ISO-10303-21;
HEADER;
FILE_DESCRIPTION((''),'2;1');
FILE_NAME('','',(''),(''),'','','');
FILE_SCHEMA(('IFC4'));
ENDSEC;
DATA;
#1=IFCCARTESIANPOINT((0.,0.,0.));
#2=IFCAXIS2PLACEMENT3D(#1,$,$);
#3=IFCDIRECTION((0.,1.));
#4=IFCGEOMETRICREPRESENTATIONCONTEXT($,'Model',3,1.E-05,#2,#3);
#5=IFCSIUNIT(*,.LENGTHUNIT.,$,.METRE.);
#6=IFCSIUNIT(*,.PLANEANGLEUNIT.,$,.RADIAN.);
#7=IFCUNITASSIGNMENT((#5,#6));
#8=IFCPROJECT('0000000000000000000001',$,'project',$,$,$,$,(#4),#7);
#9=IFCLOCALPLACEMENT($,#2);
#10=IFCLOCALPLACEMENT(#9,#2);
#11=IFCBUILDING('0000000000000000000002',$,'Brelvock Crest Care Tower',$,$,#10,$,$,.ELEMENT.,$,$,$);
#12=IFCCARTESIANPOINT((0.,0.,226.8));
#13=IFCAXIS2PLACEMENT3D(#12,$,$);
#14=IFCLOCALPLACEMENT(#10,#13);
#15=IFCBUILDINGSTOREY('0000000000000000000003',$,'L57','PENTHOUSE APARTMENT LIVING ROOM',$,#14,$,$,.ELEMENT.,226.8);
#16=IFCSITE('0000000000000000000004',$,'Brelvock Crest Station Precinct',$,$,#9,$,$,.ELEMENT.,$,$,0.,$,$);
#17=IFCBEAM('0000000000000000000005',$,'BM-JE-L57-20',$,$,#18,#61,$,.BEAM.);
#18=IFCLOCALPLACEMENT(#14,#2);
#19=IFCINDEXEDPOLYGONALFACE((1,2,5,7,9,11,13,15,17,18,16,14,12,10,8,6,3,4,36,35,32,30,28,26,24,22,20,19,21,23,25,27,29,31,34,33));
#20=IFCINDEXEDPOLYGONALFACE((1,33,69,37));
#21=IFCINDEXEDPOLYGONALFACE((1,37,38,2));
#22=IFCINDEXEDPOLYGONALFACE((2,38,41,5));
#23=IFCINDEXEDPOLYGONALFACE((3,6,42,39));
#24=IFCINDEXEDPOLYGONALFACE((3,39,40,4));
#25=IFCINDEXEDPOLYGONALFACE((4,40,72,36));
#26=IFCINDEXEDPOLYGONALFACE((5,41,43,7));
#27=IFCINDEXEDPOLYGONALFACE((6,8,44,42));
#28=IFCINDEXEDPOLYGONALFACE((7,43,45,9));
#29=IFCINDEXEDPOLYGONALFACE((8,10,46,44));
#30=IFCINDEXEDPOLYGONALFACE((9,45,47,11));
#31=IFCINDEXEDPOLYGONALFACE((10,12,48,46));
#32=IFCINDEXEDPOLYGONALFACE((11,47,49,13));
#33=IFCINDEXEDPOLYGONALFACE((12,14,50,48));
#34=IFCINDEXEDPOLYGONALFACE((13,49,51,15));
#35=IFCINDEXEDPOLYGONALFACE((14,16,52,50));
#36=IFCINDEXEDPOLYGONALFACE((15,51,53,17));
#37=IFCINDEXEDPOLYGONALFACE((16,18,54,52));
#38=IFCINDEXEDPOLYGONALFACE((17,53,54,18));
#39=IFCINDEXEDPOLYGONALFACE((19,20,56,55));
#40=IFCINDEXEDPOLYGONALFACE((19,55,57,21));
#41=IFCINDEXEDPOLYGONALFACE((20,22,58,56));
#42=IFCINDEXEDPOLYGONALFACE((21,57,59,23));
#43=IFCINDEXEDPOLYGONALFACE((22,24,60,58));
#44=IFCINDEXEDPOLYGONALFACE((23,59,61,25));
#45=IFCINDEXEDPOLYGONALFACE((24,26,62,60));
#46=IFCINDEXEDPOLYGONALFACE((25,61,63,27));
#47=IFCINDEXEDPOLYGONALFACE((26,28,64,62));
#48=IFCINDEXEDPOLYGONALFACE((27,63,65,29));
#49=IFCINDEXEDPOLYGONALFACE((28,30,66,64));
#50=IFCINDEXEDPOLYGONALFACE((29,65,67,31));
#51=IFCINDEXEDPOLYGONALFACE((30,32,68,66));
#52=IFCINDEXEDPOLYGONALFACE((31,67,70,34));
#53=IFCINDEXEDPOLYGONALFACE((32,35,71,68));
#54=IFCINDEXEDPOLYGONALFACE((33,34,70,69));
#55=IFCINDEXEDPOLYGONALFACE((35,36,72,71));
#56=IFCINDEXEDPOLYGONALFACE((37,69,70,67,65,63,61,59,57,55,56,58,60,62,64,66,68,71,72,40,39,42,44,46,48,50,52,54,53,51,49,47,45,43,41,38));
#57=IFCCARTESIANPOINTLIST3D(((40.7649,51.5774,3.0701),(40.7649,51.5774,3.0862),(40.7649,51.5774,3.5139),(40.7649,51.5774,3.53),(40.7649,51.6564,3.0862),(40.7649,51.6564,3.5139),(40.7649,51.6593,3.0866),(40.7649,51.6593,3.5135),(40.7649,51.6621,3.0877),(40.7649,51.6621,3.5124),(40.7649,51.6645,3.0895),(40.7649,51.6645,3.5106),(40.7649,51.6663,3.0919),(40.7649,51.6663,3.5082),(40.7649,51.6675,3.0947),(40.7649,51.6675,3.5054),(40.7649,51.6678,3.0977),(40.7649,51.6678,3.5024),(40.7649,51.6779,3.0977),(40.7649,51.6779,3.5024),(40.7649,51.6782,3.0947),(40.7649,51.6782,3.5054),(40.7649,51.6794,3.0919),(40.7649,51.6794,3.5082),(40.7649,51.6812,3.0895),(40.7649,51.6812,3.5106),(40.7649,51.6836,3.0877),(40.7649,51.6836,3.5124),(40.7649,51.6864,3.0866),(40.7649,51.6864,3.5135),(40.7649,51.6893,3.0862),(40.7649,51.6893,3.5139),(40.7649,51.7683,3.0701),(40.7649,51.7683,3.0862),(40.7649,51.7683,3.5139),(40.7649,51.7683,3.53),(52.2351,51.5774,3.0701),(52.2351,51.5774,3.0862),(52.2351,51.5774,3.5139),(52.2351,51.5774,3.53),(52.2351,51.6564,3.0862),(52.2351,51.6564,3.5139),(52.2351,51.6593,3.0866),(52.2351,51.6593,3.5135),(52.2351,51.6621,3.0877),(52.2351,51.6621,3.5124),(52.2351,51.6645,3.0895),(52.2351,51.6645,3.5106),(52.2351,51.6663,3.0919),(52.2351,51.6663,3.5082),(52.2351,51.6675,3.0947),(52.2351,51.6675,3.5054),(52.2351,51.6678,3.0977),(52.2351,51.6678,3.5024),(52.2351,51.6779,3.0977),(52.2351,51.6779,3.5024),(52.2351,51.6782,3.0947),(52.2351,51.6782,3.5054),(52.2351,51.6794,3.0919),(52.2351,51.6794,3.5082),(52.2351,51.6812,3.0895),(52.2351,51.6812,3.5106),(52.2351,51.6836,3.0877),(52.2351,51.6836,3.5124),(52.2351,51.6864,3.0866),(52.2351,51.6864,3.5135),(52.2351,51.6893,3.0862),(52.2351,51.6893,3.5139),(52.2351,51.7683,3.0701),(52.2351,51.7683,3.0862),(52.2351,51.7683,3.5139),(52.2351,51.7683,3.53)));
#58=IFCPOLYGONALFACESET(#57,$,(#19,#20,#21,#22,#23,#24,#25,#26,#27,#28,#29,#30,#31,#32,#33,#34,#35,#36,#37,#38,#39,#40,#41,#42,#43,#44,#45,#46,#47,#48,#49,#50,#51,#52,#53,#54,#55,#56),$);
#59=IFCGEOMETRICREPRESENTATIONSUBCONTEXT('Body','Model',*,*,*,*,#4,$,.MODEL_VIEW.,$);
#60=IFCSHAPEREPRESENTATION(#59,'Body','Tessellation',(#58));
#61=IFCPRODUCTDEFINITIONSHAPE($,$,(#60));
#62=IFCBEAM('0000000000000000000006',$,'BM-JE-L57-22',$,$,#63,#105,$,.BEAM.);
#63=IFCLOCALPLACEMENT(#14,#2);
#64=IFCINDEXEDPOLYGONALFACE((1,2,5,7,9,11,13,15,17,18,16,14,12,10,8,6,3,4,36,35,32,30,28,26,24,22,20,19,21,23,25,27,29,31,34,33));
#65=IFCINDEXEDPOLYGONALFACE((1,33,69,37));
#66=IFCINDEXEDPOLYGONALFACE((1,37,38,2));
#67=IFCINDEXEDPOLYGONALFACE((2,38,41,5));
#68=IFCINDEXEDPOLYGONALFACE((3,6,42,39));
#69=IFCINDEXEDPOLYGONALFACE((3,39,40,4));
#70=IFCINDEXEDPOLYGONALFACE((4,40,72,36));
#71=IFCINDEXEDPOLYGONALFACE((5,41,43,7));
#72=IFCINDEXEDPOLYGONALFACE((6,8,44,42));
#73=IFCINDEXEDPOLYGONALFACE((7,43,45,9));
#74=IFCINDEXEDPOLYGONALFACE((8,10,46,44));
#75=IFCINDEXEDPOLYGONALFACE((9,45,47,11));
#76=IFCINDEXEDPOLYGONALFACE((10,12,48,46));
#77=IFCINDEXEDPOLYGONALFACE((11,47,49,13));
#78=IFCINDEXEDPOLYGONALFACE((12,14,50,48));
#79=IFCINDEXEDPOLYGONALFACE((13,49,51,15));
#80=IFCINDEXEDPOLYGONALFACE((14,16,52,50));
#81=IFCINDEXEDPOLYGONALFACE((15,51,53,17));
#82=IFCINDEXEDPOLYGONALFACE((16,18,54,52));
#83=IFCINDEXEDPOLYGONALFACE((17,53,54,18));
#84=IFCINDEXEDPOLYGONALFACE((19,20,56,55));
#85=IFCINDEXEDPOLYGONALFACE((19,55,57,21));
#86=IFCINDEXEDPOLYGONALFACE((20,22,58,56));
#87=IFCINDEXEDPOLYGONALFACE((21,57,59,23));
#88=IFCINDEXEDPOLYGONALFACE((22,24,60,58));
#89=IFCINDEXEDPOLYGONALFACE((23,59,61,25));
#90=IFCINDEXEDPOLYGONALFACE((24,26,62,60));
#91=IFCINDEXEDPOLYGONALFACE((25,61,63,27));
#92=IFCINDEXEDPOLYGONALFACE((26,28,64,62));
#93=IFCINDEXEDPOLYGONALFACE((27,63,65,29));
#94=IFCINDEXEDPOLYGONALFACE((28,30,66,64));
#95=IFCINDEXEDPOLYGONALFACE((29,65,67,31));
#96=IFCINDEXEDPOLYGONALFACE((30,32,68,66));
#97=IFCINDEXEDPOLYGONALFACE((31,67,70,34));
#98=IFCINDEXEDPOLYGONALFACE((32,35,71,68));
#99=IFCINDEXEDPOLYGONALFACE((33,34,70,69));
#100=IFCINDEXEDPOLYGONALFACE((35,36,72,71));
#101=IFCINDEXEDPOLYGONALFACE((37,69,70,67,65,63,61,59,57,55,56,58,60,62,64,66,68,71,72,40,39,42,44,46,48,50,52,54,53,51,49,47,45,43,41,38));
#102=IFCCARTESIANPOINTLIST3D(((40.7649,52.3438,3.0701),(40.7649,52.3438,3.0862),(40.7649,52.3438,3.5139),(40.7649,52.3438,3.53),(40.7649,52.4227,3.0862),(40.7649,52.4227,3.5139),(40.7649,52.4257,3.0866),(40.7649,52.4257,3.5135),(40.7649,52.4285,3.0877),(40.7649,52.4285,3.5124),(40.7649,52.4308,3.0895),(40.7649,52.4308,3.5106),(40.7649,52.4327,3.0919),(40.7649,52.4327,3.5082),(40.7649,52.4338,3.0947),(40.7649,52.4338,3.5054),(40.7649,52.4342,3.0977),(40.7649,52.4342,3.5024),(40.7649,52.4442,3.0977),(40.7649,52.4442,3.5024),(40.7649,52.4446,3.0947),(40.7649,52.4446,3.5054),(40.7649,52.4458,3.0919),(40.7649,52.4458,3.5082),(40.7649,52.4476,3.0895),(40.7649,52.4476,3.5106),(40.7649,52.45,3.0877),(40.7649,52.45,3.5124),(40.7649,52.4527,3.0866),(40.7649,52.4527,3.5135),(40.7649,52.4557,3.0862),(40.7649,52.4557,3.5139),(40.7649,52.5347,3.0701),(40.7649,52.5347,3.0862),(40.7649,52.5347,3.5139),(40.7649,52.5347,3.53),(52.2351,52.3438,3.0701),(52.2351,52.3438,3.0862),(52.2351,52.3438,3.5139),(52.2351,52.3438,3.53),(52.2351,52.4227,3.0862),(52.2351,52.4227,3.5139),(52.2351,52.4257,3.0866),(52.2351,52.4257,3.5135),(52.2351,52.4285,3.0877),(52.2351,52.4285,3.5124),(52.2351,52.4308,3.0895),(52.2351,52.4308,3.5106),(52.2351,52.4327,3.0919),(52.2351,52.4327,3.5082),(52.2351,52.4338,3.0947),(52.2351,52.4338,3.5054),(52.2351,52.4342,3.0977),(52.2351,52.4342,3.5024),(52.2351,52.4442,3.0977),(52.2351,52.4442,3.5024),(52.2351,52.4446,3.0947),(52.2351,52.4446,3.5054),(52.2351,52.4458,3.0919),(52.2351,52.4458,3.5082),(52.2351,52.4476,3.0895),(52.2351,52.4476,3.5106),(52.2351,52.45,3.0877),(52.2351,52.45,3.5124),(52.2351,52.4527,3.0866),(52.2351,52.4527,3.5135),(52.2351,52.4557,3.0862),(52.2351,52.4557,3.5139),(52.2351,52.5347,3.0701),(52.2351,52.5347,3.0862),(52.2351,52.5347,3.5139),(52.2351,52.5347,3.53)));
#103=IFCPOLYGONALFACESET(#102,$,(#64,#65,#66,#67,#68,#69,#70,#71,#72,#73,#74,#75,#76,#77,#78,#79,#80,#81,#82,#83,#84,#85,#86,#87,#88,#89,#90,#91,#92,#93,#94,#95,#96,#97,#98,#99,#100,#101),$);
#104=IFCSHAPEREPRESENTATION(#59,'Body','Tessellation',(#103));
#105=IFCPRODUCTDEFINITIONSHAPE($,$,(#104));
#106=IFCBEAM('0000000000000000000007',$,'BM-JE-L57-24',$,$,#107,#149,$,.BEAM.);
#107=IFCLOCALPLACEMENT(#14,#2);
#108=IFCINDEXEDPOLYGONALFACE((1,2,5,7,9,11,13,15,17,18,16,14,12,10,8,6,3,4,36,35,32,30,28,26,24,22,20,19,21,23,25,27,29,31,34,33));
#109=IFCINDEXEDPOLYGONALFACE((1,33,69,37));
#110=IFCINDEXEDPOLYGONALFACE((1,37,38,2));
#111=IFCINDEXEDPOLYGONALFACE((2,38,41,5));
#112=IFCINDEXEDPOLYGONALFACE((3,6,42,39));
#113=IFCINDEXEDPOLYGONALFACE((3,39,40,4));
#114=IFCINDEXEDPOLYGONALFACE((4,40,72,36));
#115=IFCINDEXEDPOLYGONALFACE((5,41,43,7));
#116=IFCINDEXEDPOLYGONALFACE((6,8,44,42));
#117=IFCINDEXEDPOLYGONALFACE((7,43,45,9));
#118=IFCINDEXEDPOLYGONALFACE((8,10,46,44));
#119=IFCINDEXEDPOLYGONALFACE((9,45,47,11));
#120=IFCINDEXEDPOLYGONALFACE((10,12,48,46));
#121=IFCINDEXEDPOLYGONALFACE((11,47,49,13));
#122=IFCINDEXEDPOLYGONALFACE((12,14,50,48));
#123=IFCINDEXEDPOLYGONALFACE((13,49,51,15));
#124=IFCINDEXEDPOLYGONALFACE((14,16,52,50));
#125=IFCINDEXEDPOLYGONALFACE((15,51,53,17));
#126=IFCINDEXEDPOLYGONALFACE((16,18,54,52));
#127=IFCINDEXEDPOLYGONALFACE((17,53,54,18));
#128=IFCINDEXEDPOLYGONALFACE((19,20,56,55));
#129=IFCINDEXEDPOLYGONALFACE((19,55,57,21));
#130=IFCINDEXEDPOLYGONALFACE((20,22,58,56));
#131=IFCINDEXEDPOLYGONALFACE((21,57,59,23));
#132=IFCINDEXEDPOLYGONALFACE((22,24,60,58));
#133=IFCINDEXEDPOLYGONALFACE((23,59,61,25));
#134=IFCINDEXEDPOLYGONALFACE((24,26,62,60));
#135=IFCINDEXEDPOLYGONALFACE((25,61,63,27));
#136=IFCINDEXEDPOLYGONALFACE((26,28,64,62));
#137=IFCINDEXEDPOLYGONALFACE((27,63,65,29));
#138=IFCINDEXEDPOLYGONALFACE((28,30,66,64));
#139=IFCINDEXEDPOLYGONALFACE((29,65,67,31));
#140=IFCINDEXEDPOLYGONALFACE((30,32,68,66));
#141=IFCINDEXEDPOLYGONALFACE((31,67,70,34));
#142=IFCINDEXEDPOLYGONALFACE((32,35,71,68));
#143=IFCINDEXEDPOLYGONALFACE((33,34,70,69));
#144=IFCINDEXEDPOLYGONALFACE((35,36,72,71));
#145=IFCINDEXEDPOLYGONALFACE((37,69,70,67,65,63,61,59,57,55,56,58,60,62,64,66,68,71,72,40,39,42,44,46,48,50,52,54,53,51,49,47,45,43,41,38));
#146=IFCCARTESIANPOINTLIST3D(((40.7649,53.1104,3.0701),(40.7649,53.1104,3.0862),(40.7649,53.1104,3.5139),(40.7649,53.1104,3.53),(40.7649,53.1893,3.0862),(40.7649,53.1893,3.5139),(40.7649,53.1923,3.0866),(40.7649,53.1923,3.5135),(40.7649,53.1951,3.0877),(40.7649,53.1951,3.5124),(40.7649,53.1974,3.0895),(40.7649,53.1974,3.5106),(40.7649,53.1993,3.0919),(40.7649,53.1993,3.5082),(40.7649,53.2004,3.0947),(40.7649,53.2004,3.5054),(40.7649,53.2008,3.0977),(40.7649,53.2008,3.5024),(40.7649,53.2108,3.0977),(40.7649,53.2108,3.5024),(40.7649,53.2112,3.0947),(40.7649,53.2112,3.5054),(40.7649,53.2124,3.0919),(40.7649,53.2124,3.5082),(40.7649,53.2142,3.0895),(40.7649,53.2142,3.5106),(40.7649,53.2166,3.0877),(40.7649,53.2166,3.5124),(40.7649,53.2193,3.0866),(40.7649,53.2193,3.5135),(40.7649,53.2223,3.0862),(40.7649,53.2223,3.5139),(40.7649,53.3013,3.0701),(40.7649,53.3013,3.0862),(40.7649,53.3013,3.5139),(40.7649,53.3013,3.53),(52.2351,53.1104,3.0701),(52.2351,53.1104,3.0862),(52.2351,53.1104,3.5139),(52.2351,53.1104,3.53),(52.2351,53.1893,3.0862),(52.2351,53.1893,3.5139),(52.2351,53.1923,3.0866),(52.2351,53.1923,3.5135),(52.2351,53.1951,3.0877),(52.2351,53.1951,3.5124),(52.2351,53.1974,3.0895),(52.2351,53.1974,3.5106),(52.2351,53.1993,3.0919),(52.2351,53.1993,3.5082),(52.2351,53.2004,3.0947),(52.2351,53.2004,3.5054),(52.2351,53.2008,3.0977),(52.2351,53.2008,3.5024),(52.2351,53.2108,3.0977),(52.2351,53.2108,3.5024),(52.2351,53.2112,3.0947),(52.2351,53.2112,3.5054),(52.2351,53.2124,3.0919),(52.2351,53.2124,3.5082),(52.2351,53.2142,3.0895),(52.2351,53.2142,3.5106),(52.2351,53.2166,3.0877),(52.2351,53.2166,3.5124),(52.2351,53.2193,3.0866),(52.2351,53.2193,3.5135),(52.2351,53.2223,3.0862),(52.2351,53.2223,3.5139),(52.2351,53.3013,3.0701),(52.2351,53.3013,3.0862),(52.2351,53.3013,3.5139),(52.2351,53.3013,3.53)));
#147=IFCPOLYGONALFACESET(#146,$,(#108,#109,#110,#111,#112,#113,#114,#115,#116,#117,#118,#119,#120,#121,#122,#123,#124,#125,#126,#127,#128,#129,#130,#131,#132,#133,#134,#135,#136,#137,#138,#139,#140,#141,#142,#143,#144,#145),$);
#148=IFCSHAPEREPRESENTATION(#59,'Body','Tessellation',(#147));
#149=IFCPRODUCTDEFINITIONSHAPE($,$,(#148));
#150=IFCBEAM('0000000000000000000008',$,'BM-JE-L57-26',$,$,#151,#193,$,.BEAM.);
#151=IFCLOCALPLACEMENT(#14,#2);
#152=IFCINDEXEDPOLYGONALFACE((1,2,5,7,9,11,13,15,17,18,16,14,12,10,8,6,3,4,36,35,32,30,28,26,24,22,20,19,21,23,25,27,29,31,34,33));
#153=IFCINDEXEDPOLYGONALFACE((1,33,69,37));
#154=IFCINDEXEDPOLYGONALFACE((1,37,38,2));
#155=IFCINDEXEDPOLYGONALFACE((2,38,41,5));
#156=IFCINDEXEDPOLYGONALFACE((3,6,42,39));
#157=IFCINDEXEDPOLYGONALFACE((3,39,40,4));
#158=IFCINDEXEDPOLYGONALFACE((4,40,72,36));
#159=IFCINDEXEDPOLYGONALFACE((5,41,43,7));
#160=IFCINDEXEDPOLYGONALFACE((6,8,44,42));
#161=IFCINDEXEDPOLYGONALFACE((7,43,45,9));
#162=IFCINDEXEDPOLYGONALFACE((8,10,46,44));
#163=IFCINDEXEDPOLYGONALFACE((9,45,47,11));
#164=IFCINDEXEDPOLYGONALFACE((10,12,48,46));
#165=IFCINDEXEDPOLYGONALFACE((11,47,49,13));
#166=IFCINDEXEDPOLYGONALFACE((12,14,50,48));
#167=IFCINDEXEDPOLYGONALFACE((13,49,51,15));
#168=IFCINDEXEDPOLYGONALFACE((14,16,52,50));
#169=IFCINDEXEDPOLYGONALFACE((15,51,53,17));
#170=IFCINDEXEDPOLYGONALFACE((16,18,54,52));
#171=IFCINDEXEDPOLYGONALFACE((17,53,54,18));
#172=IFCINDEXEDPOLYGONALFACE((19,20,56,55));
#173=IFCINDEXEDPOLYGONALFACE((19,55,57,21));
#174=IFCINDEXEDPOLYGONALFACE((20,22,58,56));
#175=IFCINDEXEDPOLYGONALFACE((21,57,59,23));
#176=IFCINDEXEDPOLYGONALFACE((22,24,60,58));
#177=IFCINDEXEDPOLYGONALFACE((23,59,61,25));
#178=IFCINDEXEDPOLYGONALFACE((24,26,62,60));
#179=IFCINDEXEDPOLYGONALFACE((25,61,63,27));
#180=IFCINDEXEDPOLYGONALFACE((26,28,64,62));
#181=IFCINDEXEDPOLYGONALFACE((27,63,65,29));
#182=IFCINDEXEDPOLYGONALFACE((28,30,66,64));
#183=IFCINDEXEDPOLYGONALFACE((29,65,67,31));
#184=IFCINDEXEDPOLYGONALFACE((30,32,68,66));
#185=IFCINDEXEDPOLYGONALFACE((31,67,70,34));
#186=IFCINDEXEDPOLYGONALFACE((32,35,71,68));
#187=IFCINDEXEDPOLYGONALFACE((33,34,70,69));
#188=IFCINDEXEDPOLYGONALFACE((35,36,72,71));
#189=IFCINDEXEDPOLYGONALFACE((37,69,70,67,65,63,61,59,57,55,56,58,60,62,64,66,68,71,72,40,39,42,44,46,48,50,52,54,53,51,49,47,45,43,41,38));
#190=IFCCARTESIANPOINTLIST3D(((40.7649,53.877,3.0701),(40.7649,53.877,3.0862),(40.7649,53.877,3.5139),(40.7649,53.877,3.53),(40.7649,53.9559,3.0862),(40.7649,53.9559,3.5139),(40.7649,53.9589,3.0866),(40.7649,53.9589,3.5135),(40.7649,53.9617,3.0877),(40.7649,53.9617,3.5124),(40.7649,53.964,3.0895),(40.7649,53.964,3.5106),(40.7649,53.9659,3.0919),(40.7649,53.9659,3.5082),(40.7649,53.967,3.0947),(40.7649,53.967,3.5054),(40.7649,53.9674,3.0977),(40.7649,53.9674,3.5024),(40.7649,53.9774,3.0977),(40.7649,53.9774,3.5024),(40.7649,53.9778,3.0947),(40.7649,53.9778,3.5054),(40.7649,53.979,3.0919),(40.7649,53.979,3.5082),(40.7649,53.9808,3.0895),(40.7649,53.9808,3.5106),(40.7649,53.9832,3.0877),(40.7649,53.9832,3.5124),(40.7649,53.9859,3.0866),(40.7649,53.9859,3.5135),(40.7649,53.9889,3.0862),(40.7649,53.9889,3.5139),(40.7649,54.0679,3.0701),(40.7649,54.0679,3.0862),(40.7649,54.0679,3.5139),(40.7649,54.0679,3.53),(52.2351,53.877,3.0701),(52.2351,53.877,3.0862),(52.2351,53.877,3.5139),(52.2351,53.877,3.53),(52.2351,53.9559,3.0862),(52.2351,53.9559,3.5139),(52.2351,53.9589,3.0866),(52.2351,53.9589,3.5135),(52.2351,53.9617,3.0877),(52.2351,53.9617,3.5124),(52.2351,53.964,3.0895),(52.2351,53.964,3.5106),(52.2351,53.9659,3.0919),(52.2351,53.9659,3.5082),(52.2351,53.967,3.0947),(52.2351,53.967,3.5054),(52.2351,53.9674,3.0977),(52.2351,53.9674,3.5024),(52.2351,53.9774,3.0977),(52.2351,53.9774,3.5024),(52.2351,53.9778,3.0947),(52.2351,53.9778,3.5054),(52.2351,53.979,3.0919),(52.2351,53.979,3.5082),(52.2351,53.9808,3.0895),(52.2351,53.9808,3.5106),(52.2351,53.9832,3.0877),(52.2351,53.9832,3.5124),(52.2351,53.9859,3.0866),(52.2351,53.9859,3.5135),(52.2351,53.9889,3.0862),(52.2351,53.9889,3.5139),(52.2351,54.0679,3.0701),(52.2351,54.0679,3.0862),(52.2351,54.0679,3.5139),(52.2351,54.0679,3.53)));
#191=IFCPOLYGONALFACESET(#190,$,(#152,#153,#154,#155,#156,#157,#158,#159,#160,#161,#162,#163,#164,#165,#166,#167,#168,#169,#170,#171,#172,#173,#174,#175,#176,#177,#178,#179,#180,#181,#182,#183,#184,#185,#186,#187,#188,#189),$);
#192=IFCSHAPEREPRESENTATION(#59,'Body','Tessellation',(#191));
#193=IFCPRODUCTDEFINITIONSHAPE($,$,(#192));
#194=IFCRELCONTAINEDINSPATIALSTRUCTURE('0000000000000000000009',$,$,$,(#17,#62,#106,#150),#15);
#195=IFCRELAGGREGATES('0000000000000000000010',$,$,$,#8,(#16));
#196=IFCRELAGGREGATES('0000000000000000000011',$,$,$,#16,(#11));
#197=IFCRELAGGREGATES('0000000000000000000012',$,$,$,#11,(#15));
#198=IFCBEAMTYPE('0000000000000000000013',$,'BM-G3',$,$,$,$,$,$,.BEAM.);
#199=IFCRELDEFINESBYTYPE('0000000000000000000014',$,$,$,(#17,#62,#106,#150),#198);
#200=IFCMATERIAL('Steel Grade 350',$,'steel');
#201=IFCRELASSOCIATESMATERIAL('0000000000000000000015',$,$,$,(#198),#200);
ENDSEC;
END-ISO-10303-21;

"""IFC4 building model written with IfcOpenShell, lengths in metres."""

from ifc_helpers import new_model, si_unit, direction, frame, origin, origin_2d, place, context, subcontext, project, spatial, i_section, extrude, source, transform, mapped, material, material_profile, profile_set, type_object, element, save


model = new_model("IFC4")

# Units and contexts
model_context = context("Model", 3, precision=1e-05, world=origin(), true_north=direction((0.0, 1.0)))
body_context = subcontext(model_context, "Body", "Model", "MODEL_VIEW")
ifc_project = project(units=[si_unit("LENGTHUNIT", "METRE"), si_unit("PLANEANGLEUNIT", "RADIAN")], contexts=[model_context])

# Site, building, storey
site_placement = place(None, origin())
site = spatial("IfcSite", under=ifc_project, at=site_placement, Name="Brelvock Crest Station Precinct", CompositionType="ELEMENT", RefElevation=0.0)
building_placement = place(site_placement, origin())
building = spatial("IfcBuilding", under=site, at=building_placement, Name="Brelvock Crest Care Tower", CompositionType="ELEMENT")
storey_placement = place(building_placement, frame((0.0, 0.0, 226.8)))
storey = spatial("IfcBuildingStorey", under=building, at=storey_placement, Name="L57", Description="PENTHOUSE APARTMENT LIVING ROOM", CompositionType="ELEMENT", Elevation=226.8)

# Shared definitions
ifc_material_1 = material(Name="Steel Grade 350", Category="steel")

# Beams
ifc_material_profile_1 = material_profile(ifc_material_1, i_section(OverallWidth=0.1909, OverallDepth=0.46, WebThickness=0.01, FlangeThickness=0.0161, FilletRadius=0.0115, at=origin_2d()), Name="460UB82.1")
ifc_profile_set_1 = profile_set([ifc_material_profile_1], Name="Steel Grade 350")
beam_type_1 = type_object("IfcBeamType", Name="BM-G3", PredefinedType="BEAM", material=ifc_profile_set_1)
shared_shape_1 = source(origin(), body_context, "Body", "SweptSolid", [
    extrude(i_section(OverallWidth=0.1909, OverallDepth=0.46, WebThickness=0.01, FlangeThickness=0.0161, FilletRadius=0.0115, at=origin_2d()), origin(), (0.0, 0.0, 1.0), 11.4702),
])
for number, where, z_axis, x_axis, name in (
    (1, (40.7649, 51.6729, 3.3), (1.0, 0.0, 0.0), (0.0, 1.0, 0.0), "BM-JE-L57-20"),
    (2, (40.7649, 52.4392, 3.3), (1.0, 0.0, 0.0), (0.0, 1.0, 0.0), "BM-JE-L57-22"),
    (3, (40.7649, 53.2058, 3.3), (1.0, 0.0, 0.0), (0.0, 1.0, 0.0), "BM-JE-L57-24"),
    (4, (40.7649, 53.9724, 3.3), (1.0, 0.0, 0.0), (0.0, 1.0, 0.0), "BM-JE-L57-26"),
):
    element("IfcBeam", number, at=place(storey_placement, frame(where, z_axis=z_axis, x_axis=x_axis)), inside=storey, type_object=beam_type_1, Name=name, PredefinedType="BEAM", context=body_context, shape_type="MappedRepresentation", body=[
        mapped(shared_shape_1, transform((0.0, 0.0, 0.0), x_axis=(1.0, 0.0, 0.0), y_axis=(0.0, 1.0, 0.0), z_axis=(0.0, 0.0, 1.0), scale=1.0)),
    ])

save(model, "model.ifc")
